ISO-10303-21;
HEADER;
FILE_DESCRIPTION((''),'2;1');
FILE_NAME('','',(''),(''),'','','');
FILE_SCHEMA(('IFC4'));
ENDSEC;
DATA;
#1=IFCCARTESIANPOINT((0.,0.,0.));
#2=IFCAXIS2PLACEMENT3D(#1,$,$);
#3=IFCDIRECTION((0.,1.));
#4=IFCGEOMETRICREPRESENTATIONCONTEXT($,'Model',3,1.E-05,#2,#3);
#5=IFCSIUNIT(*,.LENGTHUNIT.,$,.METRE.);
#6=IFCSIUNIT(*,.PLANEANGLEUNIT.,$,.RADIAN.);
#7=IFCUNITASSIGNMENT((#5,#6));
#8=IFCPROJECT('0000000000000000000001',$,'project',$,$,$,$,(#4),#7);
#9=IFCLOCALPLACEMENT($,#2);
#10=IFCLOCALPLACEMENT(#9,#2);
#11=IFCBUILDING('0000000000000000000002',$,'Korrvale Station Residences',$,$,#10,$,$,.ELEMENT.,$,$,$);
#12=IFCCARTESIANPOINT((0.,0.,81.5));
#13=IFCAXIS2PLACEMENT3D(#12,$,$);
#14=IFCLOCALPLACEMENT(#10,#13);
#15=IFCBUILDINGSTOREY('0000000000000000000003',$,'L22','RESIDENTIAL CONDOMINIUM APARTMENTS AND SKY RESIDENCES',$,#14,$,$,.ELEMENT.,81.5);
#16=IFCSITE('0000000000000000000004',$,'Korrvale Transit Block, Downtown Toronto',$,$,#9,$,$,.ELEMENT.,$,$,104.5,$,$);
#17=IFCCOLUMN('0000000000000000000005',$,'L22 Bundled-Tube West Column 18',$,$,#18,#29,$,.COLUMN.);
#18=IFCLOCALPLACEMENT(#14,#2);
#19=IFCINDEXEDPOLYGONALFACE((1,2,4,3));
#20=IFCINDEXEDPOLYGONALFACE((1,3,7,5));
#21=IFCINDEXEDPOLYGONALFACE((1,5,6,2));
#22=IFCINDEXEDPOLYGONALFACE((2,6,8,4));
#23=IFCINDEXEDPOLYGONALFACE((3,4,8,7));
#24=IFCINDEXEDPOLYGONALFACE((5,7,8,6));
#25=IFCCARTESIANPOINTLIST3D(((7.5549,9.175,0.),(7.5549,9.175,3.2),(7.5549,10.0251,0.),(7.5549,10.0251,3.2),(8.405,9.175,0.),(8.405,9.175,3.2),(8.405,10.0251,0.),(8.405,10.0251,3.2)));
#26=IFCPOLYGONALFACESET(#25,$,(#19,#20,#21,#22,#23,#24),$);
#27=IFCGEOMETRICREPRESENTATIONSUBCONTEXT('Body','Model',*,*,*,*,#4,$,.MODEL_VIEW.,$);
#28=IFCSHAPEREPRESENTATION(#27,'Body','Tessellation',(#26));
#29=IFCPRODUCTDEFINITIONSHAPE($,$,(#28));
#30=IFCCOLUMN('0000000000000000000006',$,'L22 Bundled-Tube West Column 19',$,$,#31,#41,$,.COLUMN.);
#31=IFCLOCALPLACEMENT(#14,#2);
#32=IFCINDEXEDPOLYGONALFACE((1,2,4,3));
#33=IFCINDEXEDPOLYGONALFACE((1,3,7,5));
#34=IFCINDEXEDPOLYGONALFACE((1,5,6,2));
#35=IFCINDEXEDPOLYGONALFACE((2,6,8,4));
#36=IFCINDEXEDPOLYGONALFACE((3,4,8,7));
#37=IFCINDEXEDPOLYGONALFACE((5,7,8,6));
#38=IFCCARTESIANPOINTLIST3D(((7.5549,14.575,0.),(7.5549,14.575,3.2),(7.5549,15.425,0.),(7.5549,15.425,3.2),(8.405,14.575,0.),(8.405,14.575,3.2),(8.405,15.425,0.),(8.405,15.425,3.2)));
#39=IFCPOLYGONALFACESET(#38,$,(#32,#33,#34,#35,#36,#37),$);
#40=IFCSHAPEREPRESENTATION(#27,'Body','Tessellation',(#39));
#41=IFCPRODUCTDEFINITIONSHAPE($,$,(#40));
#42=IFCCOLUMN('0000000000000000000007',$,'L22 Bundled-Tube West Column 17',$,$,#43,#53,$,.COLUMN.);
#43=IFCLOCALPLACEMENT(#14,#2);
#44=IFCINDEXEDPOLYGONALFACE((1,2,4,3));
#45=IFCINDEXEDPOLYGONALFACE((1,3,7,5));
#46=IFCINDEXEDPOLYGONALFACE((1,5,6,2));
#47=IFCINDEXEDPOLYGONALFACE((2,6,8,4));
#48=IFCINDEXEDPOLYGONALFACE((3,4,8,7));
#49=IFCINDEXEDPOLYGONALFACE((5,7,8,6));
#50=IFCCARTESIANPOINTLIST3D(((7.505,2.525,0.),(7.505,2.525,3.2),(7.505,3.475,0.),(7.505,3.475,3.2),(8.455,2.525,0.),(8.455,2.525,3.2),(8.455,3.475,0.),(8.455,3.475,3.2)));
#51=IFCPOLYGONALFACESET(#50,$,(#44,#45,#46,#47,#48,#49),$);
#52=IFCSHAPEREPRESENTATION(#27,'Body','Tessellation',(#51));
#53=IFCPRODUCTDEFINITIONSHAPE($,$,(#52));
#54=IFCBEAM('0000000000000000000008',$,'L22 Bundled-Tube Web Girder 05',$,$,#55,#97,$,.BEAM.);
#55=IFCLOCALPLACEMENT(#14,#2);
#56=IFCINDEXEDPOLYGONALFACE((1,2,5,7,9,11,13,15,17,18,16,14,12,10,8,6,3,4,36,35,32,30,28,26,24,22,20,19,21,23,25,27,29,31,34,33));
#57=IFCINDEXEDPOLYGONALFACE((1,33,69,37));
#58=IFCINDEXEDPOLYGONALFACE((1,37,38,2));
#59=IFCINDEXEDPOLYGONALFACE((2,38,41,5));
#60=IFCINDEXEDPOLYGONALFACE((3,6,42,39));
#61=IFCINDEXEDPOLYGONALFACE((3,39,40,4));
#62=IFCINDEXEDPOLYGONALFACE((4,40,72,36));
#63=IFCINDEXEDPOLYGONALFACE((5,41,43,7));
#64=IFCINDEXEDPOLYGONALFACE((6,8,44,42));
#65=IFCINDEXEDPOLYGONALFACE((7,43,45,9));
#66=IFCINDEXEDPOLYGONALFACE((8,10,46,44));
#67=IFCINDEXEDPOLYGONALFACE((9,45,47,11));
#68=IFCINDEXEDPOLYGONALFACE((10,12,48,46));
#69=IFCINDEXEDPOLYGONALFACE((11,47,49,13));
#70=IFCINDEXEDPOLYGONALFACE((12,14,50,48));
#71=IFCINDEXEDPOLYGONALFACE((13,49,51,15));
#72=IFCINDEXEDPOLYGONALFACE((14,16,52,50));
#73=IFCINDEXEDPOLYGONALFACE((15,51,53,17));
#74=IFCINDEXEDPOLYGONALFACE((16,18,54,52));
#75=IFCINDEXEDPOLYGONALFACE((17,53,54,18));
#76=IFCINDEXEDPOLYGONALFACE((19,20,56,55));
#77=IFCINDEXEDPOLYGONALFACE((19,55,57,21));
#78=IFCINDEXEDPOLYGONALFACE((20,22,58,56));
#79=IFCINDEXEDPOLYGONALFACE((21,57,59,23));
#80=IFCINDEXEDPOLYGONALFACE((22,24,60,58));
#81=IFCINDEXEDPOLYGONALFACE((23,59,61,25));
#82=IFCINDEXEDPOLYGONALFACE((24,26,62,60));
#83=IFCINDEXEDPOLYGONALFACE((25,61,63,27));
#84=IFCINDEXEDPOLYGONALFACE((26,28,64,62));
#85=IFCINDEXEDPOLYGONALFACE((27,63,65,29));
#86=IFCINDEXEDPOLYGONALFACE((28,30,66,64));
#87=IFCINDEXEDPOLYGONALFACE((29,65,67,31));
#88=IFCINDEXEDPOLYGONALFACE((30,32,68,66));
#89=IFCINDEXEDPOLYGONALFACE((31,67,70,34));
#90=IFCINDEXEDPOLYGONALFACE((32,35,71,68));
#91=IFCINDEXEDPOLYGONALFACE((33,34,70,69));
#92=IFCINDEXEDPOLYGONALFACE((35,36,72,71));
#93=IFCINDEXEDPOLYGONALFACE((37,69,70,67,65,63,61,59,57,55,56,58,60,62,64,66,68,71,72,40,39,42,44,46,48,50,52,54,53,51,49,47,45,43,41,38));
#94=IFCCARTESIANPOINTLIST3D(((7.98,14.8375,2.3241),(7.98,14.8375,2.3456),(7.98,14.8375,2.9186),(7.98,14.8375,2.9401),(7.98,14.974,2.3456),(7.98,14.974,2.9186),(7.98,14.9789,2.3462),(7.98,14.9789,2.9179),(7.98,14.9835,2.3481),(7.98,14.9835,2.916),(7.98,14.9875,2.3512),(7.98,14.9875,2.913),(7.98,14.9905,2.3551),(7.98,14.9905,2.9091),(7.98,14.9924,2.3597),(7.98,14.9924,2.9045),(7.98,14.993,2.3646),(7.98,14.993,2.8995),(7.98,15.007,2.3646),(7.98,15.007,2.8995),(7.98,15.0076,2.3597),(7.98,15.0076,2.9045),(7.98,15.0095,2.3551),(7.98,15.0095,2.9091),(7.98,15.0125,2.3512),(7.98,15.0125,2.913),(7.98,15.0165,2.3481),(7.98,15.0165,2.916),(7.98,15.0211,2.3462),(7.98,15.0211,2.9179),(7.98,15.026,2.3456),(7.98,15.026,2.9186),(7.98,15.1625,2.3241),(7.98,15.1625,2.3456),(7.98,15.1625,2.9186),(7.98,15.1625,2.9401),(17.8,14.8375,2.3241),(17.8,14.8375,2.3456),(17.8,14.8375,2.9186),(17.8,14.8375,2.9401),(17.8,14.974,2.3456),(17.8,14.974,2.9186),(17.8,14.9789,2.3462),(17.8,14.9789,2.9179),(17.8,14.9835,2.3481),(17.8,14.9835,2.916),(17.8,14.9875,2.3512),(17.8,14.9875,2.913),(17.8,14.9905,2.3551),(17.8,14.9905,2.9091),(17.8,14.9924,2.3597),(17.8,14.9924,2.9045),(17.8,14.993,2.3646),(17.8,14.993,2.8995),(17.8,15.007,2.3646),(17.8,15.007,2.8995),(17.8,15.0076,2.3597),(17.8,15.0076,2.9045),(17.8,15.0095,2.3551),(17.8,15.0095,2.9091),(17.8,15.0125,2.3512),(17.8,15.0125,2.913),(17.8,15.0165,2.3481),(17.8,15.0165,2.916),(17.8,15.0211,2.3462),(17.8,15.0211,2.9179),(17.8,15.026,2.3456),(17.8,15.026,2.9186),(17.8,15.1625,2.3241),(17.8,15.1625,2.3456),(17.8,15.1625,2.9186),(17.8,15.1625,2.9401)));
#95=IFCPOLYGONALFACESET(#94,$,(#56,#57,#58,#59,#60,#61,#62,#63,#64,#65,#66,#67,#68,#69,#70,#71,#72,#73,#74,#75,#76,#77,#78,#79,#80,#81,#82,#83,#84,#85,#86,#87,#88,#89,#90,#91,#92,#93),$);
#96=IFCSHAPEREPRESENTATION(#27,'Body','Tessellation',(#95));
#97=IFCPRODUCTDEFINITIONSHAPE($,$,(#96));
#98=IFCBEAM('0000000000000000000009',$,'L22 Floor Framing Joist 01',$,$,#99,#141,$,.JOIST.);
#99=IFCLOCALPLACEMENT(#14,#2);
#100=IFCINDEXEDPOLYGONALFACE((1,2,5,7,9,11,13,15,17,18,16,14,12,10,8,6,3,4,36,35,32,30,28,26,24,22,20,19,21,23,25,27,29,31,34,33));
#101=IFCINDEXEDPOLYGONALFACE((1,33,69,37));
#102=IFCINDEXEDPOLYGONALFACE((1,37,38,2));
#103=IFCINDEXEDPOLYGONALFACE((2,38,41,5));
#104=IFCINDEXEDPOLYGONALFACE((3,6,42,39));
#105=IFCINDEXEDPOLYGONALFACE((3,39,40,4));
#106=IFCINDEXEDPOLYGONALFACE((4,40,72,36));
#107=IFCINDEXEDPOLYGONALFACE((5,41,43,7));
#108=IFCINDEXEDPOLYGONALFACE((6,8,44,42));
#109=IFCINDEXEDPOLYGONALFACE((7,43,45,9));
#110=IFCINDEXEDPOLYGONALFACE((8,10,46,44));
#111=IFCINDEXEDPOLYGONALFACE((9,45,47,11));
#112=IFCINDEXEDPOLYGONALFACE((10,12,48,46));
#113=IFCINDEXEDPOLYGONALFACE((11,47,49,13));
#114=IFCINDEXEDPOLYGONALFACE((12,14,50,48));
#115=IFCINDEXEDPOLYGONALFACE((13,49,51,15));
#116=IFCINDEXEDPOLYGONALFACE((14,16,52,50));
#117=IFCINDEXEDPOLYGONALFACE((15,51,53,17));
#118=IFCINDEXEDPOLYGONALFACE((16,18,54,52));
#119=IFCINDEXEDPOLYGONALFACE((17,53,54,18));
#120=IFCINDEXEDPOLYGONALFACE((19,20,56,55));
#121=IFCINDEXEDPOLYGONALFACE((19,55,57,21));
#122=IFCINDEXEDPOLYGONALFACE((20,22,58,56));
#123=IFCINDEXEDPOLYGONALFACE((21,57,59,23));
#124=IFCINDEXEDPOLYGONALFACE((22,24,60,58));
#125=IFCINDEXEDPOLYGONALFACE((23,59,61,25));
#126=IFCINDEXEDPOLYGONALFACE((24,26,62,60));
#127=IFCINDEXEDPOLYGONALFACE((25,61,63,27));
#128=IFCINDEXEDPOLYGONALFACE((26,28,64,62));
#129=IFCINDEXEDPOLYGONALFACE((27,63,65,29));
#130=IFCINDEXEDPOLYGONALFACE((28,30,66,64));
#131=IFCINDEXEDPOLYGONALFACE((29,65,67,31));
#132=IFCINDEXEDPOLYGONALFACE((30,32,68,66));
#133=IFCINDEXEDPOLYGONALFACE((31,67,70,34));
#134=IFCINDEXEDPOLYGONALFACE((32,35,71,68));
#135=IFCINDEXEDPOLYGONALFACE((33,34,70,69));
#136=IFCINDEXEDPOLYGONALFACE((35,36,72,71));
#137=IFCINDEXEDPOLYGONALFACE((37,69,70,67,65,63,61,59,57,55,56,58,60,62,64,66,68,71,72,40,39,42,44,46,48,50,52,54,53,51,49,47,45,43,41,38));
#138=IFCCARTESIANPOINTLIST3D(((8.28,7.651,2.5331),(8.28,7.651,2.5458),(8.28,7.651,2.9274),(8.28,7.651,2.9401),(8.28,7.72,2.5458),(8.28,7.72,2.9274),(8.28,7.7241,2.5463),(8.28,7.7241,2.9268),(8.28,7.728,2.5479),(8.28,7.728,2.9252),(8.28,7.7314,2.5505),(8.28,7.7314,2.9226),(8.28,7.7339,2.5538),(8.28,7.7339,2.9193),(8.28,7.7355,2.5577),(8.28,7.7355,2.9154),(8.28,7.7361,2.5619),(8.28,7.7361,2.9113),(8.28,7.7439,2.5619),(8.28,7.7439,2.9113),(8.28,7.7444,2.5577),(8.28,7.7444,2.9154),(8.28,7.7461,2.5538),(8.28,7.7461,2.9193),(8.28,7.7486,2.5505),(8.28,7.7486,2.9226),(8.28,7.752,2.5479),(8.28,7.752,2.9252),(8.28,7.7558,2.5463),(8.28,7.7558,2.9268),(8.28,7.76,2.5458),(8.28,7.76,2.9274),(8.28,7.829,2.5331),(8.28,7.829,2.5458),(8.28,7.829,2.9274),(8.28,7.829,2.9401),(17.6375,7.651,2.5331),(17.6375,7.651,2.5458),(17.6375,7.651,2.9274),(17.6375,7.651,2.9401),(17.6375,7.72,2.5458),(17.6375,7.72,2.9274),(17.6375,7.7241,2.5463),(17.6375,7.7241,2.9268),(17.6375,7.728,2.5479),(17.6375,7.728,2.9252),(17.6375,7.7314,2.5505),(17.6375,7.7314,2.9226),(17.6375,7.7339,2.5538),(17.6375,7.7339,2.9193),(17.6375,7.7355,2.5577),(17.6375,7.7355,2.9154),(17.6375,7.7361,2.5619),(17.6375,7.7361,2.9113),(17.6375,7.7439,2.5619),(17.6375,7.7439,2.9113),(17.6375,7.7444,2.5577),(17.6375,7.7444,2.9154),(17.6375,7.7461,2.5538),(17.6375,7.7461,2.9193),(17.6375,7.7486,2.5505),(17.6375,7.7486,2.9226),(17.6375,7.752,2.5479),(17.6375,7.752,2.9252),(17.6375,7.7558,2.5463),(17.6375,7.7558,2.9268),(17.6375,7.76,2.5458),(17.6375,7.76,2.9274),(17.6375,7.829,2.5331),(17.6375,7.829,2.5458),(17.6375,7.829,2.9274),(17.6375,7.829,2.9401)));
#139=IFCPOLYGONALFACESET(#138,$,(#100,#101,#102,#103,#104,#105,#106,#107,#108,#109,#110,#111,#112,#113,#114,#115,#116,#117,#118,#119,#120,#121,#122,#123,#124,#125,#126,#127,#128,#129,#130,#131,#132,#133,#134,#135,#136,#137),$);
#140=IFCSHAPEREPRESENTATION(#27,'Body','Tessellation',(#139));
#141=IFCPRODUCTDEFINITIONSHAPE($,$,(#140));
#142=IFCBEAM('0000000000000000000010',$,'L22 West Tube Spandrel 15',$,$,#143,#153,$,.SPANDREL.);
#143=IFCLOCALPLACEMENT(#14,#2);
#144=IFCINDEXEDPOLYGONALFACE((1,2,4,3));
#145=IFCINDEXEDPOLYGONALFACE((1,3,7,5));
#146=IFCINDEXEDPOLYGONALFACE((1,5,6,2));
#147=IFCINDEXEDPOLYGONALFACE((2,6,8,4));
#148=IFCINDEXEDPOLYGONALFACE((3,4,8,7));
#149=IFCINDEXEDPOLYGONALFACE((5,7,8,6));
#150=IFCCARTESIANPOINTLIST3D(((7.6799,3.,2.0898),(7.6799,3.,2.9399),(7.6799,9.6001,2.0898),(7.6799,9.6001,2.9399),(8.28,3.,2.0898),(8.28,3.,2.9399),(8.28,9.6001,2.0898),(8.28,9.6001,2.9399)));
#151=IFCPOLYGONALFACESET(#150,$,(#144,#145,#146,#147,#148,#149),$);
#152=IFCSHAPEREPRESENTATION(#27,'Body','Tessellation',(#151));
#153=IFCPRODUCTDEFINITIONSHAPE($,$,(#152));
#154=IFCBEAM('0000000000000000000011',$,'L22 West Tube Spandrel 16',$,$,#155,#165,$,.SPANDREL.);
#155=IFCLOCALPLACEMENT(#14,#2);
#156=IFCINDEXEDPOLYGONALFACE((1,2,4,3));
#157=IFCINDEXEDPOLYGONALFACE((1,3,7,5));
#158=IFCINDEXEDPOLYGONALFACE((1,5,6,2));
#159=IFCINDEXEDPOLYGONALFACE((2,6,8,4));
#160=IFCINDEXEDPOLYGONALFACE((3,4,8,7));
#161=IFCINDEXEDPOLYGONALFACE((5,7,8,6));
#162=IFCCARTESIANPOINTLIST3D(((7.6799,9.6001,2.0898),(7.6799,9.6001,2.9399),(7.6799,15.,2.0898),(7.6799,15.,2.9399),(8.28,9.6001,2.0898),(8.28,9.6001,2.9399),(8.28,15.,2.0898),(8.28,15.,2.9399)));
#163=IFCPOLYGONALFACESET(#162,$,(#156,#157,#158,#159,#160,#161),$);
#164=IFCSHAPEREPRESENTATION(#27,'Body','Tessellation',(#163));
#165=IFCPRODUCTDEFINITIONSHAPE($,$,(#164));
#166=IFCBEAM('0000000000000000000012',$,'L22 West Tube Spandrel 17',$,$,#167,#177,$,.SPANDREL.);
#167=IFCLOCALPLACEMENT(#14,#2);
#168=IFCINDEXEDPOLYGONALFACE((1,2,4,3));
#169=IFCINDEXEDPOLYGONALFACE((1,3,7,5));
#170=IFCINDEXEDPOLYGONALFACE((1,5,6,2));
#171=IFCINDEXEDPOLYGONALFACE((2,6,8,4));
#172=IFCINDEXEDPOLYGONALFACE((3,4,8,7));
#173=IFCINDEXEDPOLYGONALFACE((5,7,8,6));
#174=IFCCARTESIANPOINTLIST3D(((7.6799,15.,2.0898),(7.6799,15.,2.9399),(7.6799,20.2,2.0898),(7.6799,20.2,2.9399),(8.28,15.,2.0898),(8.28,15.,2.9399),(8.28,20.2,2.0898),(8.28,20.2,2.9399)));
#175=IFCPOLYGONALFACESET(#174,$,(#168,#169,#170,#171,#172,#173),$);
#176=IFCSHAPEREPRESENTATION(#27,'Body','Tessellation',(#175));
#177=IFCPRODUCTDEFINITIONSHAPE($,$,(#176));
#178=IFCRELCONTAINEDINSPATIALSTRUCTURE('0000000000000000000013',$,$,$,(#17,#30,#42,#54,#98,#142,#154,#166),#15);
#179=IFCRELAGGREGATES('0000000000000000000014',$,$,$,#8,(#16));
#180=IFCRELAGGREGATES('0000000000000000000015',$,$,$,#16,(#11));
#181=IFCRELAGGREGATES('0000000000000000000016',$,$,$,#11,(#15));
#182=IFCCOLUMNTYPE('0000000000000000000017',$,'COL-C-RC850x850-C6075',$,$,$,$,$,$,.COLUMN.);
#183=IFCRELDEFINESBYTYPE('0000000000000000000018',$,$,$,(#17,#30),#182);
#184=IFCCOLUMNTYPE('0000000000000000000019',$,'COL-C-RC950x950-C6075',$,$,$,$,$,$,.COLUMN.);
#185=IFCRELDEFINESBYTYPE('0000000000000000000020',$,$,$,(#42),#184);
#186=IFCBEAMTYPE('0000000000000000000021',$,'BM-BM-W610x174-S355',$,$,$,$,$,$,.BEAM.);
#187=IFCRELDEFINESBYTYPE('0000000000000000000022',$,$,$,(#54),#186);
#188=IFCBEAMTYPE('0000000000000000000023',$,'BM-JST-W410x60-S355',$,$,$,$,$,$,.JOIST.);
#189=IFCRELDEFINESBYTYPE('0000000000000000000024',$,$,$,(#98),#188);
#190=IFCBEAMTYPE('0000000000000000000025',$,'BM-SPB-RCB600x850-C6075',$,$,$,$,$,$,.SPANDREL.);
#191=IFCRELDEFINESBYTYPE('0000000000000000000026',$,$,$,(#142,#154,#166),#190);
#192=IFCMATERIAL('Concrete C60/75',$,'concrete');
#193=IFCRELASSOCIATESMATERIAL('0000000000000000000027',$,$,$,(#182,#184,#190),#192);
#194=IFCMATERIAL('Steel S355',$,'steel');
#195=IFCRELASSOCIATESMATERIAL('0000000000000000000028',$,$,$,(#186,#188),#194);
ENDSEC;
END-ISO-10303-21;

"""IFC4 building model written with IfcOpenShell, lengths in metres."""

from ifc_helpers import new_model, si_unit, direction, frame, origin, origin_2d, place, context, subcontext, project, spatial, rectangle, i_section, extrude, material, material_profile, profile_set, type_object, element, save


model = new_model("IFC4")

# Units and contexts
model_context = context("Model", 3, precision=1e-05, world=origin(), true_north=direction((0.0, 1.0)))
body_context = subcontext(model_context, "Body", "Model", "MODEL_VIEW")
ifc_project = project(units=[si_unit("LENGTHUNIT", "METRE"), si_unit("PLANEANGLEUNIT", "RADIAN")], contexts=[model_context])

# Site, building, storey
site_placement = place(None, origin())
site = spatial("IfcSite", under=ifc_project, at=site_placement, Name="Korrvale Transit Block, Downtown Toronto", CompositionType="ELEMENT", RefElevation=104.5)
building_placement = place(site_placement, origin())
building = spatial("IfcBuilding", under=site, at=building_placement, Name="Korrvale Station Residences", CompositionType="ELEMENT")
storey_placement = place(building_placement, frame((0.0, 0.0, 81.5)))
storey = spatial("IfcBuildingStorey", under=building, at=storey_placement, Name="L22", Description="RESIDENTIAL CONDOMINIUM APARTMENTS AND SKY RESIDENCES", CompositionType="ELEMENT", Elevation=81.5)

# Columns
ifc_material_1 = material(Name="Concrete C60/75", Category="concrete")
ifc_material_profile_1 = material_profile(ifc_material_1, rectangle(XDim=0.8501, YDim=0.8501, at=origin_2d()), Name="RC850x850")
ifc_profile_set_1 = profile_set([ifc_material_profile_1], Name="Concrete C60/75")
column_type_1 = type_object("IfcColumnType", Name="COL-C-RC850x850-C6075", PredefinedType="COLUMN", material=ifc_profile_set_1)
for number, where, z_axis, x_axis, name in (
    (1, (7.98, 9.6001, 0.0), (0.0, 0.0, 1.0), (1.0, 0.0, 0.0), "L22 Bundled-Tube West Column 18"),
    (2, (7.98, 15.0, 0.0), (0.0, 0.0, 1.0), (1.0, 0.0, 0.0), "L22 Bundled-Tube West Column 19"),
):
    element("IfcColumn", number, at=place(storey_placement, frame(where, z_axis=z_axis, x_axis=x_axis)), inside=storey, type_object=column_type_1, Name=name, PredefinedType="COLUMN", context=body_context, shape_type="SweptSolid", body=[
        extrude(rectangle(XDim=0.8501, YDim=0.8501, at=origin_2d()), origin(), (0.0, 0.0, 1.0), 3.2),
    ])
ifc_material_profile_2 = material_profile(ifc_material_1, rectangle(XDim=0.95, YDim=0.95, at=origin_2d()), Name="RC950x950")
ifc_profile_set_2 = profile_set([ifc_material_profile_2], Name="Concrete C60/75")
column_type_2 = type_object("IfcColumnType", Name="COL-C-RC950x950-C6075", PredefinedType="COLUMN", material=ifc_profile_set_2)
column_placement = place(storey_placement, frame((7.98, 3.0, 0.0), z_axis=(0.0, 0.0, 1.0), x_axis=(1.0, 0.0, 0.0)))
element("IfcColumn", 3, at=column_placement, inside=storey, type_object=column_type_2, Name="L22 Bundled-Tube West Column 17", PredefinedType="COLUMN", context=body_context, shape_type="SweptSolid", body=[
    extrude(rectangle(XDim=0.95, YDim=0.95, at=origin_2d()), origin(), (0.0, 0.0, 1.0), 3.2),
])

# Beams
ifc_material_2 = material(Name="Steel S355", Category="steel")
ifc_material_profile_3 = material_profile(ifc_material_2, i_section(OverallWidth=0.325, OverallDepth=0.616, WebThickness=0.0139, FlangeThickness=0.0215, FilletRadius=0.019, at=origin_2d()), Name="W610x174")
ifc_profile_set_3 = profile_set([ifc_material_profile_3], Name="Steel S355")
beam_type_1 = type_object("IfcBeamType", Name="BM-BM-W610x174-S355", PredefinedType="BEAM", material=ifc_profile_set_3)
beam_1_placement = place(storey_placement, frame((7.98, 15.0, 2.6321), z_axis=(1.0, 0.0, 0.0), x_axis=(0.0, 1.0, 0.0)))
element("IfcBeam", 4, at=beam_1_placement, inside=storey, type_object=beam_type_1, Name="L22 Bundled-Tube Web Girder 05", PredefinedType="BEAM", context=body_context, shape_type="SweptSolid", body=[
    extrude(i_section(OverallWidth=0.325, OverallDepth=0.616, WebThickness=0.0139, FlangeThickness=0.0215, FilletRadius=0.019, at=origin_2d()), origin(), (0.0, 0.0, 1.0), 9.8201),
])
ifc_material_profile_4 = material_profile(ifc_material_2, i_section(OverallWidth=0.178, OverallDepth=0.407, WebThickness=0.0078, FlangeThickness=0.0127, FilletRadius=0.0161, at=origin_2d()), Name="W410x60")
ifc_profile_set_4 = profile_set([ifc_material_profile_4], Name="Steel S355")
beam_type_2 = type_object("IfcBeamType", Name="BM-JST-W410x60-S355", PredefinedType="JOIST", material=ifc_profile_set_4)
beam_2_placement = place(storey_placement, frame((8.28, 7.74, 2.7366), z_axis=(1.0, 0.0, 0.0), x_axis=(0.0, 1.0, 0.0)))
element("IfcBeam", 5, at=beam_2_placement, inside=storey, type_object=beam_type_2, Name="L22 Floor Framing Joist 01", PredefinedType="JOIST", context=body_context, shape_type="SweptSolid", body=[
    extrude(i_section(OverallWidth=0.178, OverallDepth=0.407, WebThickness=0.0078, FlangeThickness=0.0127, FilletRadius=0.0161, at=origin_2d()), origin(), (0.0, 0.0, 1.0), 9.3574),
])
ifc_material_profile_5 = material_profile(ifc_material_1, rectangle(XDim=0.6001, YDim=0.8501, at=origin_2d()), Name="RCB600x850")
ifc_profile_set_5 = profile_set([ifc_material_profile_5], Name="Concrete C60/75")
beam_type_3 = type_object("IfcBeamType", Name="BM-SPB-RCB600x850-C6075", PredefinedType="SPANDREL", material=ifc_profile_set_5)
beam_3_placement = place(storey_placement, frame((7.98, 3.0, 2.5149), z_axis=(0.0, 1.0, 0.0), x_axis=(-1.0, 0.0, 0.0)))
element("IfcBeam", 6, at=beam_3_placement, inside=storey, type_object=beam_type_3, Name="L22 West Tube Spandrel 15", PredefinedType="SPANDREL", context=body_context, shape_type="SweptSolid", body=[
    extrude(rectangle(XDim=0.6001, YDim=0.8501, at=origin_2d()), origin(), (0.0, 0.0, 1.0), 6.6001),
])
beam_4_placement = place(storey_placement, frame((7.98, 9.6001, 2.5149), z_axis=(0.0, 1.0, 0.0), x_axis=(-1.0, 0.0, 0.0)))
element("IfcBeam", 7, at=beam_4_placement, inside=storey, type_object=beam_type_3, Name="L22 West Tube Spandrel 16", PredefinedType="SPANDREL", context=body_context, shape_type="SweptSolid", body=[
    extrude(rectangle(XDim=0.6001, YDim=0.8501, at=origin_2d()), origin(), (0.0, 0.0, 1.0), 5.3999),
])
beam_5_placement = place(storey_placement, frame((7.98, 15.0, 2.5149), z_axis=(0.0, 1.0, 0.0), x_axis=(-1.0, 0.0, 0.0)))
element("IfcBeam", 8, at=beam_5_placement, inside=storey, type_object=beam_type_3, Name="L22 West Tube Spandrel 17", PredefinedType="SPANDREL", context=body_context, shape_type="SweptSolid", body=[
    extrude(rectangle(XDim=0.6001, YDim=0.8501, at=origin_2d()), origin(), (0.0, 0.0, 1.0), 5.2),
])

save(model, "model.ifc")
